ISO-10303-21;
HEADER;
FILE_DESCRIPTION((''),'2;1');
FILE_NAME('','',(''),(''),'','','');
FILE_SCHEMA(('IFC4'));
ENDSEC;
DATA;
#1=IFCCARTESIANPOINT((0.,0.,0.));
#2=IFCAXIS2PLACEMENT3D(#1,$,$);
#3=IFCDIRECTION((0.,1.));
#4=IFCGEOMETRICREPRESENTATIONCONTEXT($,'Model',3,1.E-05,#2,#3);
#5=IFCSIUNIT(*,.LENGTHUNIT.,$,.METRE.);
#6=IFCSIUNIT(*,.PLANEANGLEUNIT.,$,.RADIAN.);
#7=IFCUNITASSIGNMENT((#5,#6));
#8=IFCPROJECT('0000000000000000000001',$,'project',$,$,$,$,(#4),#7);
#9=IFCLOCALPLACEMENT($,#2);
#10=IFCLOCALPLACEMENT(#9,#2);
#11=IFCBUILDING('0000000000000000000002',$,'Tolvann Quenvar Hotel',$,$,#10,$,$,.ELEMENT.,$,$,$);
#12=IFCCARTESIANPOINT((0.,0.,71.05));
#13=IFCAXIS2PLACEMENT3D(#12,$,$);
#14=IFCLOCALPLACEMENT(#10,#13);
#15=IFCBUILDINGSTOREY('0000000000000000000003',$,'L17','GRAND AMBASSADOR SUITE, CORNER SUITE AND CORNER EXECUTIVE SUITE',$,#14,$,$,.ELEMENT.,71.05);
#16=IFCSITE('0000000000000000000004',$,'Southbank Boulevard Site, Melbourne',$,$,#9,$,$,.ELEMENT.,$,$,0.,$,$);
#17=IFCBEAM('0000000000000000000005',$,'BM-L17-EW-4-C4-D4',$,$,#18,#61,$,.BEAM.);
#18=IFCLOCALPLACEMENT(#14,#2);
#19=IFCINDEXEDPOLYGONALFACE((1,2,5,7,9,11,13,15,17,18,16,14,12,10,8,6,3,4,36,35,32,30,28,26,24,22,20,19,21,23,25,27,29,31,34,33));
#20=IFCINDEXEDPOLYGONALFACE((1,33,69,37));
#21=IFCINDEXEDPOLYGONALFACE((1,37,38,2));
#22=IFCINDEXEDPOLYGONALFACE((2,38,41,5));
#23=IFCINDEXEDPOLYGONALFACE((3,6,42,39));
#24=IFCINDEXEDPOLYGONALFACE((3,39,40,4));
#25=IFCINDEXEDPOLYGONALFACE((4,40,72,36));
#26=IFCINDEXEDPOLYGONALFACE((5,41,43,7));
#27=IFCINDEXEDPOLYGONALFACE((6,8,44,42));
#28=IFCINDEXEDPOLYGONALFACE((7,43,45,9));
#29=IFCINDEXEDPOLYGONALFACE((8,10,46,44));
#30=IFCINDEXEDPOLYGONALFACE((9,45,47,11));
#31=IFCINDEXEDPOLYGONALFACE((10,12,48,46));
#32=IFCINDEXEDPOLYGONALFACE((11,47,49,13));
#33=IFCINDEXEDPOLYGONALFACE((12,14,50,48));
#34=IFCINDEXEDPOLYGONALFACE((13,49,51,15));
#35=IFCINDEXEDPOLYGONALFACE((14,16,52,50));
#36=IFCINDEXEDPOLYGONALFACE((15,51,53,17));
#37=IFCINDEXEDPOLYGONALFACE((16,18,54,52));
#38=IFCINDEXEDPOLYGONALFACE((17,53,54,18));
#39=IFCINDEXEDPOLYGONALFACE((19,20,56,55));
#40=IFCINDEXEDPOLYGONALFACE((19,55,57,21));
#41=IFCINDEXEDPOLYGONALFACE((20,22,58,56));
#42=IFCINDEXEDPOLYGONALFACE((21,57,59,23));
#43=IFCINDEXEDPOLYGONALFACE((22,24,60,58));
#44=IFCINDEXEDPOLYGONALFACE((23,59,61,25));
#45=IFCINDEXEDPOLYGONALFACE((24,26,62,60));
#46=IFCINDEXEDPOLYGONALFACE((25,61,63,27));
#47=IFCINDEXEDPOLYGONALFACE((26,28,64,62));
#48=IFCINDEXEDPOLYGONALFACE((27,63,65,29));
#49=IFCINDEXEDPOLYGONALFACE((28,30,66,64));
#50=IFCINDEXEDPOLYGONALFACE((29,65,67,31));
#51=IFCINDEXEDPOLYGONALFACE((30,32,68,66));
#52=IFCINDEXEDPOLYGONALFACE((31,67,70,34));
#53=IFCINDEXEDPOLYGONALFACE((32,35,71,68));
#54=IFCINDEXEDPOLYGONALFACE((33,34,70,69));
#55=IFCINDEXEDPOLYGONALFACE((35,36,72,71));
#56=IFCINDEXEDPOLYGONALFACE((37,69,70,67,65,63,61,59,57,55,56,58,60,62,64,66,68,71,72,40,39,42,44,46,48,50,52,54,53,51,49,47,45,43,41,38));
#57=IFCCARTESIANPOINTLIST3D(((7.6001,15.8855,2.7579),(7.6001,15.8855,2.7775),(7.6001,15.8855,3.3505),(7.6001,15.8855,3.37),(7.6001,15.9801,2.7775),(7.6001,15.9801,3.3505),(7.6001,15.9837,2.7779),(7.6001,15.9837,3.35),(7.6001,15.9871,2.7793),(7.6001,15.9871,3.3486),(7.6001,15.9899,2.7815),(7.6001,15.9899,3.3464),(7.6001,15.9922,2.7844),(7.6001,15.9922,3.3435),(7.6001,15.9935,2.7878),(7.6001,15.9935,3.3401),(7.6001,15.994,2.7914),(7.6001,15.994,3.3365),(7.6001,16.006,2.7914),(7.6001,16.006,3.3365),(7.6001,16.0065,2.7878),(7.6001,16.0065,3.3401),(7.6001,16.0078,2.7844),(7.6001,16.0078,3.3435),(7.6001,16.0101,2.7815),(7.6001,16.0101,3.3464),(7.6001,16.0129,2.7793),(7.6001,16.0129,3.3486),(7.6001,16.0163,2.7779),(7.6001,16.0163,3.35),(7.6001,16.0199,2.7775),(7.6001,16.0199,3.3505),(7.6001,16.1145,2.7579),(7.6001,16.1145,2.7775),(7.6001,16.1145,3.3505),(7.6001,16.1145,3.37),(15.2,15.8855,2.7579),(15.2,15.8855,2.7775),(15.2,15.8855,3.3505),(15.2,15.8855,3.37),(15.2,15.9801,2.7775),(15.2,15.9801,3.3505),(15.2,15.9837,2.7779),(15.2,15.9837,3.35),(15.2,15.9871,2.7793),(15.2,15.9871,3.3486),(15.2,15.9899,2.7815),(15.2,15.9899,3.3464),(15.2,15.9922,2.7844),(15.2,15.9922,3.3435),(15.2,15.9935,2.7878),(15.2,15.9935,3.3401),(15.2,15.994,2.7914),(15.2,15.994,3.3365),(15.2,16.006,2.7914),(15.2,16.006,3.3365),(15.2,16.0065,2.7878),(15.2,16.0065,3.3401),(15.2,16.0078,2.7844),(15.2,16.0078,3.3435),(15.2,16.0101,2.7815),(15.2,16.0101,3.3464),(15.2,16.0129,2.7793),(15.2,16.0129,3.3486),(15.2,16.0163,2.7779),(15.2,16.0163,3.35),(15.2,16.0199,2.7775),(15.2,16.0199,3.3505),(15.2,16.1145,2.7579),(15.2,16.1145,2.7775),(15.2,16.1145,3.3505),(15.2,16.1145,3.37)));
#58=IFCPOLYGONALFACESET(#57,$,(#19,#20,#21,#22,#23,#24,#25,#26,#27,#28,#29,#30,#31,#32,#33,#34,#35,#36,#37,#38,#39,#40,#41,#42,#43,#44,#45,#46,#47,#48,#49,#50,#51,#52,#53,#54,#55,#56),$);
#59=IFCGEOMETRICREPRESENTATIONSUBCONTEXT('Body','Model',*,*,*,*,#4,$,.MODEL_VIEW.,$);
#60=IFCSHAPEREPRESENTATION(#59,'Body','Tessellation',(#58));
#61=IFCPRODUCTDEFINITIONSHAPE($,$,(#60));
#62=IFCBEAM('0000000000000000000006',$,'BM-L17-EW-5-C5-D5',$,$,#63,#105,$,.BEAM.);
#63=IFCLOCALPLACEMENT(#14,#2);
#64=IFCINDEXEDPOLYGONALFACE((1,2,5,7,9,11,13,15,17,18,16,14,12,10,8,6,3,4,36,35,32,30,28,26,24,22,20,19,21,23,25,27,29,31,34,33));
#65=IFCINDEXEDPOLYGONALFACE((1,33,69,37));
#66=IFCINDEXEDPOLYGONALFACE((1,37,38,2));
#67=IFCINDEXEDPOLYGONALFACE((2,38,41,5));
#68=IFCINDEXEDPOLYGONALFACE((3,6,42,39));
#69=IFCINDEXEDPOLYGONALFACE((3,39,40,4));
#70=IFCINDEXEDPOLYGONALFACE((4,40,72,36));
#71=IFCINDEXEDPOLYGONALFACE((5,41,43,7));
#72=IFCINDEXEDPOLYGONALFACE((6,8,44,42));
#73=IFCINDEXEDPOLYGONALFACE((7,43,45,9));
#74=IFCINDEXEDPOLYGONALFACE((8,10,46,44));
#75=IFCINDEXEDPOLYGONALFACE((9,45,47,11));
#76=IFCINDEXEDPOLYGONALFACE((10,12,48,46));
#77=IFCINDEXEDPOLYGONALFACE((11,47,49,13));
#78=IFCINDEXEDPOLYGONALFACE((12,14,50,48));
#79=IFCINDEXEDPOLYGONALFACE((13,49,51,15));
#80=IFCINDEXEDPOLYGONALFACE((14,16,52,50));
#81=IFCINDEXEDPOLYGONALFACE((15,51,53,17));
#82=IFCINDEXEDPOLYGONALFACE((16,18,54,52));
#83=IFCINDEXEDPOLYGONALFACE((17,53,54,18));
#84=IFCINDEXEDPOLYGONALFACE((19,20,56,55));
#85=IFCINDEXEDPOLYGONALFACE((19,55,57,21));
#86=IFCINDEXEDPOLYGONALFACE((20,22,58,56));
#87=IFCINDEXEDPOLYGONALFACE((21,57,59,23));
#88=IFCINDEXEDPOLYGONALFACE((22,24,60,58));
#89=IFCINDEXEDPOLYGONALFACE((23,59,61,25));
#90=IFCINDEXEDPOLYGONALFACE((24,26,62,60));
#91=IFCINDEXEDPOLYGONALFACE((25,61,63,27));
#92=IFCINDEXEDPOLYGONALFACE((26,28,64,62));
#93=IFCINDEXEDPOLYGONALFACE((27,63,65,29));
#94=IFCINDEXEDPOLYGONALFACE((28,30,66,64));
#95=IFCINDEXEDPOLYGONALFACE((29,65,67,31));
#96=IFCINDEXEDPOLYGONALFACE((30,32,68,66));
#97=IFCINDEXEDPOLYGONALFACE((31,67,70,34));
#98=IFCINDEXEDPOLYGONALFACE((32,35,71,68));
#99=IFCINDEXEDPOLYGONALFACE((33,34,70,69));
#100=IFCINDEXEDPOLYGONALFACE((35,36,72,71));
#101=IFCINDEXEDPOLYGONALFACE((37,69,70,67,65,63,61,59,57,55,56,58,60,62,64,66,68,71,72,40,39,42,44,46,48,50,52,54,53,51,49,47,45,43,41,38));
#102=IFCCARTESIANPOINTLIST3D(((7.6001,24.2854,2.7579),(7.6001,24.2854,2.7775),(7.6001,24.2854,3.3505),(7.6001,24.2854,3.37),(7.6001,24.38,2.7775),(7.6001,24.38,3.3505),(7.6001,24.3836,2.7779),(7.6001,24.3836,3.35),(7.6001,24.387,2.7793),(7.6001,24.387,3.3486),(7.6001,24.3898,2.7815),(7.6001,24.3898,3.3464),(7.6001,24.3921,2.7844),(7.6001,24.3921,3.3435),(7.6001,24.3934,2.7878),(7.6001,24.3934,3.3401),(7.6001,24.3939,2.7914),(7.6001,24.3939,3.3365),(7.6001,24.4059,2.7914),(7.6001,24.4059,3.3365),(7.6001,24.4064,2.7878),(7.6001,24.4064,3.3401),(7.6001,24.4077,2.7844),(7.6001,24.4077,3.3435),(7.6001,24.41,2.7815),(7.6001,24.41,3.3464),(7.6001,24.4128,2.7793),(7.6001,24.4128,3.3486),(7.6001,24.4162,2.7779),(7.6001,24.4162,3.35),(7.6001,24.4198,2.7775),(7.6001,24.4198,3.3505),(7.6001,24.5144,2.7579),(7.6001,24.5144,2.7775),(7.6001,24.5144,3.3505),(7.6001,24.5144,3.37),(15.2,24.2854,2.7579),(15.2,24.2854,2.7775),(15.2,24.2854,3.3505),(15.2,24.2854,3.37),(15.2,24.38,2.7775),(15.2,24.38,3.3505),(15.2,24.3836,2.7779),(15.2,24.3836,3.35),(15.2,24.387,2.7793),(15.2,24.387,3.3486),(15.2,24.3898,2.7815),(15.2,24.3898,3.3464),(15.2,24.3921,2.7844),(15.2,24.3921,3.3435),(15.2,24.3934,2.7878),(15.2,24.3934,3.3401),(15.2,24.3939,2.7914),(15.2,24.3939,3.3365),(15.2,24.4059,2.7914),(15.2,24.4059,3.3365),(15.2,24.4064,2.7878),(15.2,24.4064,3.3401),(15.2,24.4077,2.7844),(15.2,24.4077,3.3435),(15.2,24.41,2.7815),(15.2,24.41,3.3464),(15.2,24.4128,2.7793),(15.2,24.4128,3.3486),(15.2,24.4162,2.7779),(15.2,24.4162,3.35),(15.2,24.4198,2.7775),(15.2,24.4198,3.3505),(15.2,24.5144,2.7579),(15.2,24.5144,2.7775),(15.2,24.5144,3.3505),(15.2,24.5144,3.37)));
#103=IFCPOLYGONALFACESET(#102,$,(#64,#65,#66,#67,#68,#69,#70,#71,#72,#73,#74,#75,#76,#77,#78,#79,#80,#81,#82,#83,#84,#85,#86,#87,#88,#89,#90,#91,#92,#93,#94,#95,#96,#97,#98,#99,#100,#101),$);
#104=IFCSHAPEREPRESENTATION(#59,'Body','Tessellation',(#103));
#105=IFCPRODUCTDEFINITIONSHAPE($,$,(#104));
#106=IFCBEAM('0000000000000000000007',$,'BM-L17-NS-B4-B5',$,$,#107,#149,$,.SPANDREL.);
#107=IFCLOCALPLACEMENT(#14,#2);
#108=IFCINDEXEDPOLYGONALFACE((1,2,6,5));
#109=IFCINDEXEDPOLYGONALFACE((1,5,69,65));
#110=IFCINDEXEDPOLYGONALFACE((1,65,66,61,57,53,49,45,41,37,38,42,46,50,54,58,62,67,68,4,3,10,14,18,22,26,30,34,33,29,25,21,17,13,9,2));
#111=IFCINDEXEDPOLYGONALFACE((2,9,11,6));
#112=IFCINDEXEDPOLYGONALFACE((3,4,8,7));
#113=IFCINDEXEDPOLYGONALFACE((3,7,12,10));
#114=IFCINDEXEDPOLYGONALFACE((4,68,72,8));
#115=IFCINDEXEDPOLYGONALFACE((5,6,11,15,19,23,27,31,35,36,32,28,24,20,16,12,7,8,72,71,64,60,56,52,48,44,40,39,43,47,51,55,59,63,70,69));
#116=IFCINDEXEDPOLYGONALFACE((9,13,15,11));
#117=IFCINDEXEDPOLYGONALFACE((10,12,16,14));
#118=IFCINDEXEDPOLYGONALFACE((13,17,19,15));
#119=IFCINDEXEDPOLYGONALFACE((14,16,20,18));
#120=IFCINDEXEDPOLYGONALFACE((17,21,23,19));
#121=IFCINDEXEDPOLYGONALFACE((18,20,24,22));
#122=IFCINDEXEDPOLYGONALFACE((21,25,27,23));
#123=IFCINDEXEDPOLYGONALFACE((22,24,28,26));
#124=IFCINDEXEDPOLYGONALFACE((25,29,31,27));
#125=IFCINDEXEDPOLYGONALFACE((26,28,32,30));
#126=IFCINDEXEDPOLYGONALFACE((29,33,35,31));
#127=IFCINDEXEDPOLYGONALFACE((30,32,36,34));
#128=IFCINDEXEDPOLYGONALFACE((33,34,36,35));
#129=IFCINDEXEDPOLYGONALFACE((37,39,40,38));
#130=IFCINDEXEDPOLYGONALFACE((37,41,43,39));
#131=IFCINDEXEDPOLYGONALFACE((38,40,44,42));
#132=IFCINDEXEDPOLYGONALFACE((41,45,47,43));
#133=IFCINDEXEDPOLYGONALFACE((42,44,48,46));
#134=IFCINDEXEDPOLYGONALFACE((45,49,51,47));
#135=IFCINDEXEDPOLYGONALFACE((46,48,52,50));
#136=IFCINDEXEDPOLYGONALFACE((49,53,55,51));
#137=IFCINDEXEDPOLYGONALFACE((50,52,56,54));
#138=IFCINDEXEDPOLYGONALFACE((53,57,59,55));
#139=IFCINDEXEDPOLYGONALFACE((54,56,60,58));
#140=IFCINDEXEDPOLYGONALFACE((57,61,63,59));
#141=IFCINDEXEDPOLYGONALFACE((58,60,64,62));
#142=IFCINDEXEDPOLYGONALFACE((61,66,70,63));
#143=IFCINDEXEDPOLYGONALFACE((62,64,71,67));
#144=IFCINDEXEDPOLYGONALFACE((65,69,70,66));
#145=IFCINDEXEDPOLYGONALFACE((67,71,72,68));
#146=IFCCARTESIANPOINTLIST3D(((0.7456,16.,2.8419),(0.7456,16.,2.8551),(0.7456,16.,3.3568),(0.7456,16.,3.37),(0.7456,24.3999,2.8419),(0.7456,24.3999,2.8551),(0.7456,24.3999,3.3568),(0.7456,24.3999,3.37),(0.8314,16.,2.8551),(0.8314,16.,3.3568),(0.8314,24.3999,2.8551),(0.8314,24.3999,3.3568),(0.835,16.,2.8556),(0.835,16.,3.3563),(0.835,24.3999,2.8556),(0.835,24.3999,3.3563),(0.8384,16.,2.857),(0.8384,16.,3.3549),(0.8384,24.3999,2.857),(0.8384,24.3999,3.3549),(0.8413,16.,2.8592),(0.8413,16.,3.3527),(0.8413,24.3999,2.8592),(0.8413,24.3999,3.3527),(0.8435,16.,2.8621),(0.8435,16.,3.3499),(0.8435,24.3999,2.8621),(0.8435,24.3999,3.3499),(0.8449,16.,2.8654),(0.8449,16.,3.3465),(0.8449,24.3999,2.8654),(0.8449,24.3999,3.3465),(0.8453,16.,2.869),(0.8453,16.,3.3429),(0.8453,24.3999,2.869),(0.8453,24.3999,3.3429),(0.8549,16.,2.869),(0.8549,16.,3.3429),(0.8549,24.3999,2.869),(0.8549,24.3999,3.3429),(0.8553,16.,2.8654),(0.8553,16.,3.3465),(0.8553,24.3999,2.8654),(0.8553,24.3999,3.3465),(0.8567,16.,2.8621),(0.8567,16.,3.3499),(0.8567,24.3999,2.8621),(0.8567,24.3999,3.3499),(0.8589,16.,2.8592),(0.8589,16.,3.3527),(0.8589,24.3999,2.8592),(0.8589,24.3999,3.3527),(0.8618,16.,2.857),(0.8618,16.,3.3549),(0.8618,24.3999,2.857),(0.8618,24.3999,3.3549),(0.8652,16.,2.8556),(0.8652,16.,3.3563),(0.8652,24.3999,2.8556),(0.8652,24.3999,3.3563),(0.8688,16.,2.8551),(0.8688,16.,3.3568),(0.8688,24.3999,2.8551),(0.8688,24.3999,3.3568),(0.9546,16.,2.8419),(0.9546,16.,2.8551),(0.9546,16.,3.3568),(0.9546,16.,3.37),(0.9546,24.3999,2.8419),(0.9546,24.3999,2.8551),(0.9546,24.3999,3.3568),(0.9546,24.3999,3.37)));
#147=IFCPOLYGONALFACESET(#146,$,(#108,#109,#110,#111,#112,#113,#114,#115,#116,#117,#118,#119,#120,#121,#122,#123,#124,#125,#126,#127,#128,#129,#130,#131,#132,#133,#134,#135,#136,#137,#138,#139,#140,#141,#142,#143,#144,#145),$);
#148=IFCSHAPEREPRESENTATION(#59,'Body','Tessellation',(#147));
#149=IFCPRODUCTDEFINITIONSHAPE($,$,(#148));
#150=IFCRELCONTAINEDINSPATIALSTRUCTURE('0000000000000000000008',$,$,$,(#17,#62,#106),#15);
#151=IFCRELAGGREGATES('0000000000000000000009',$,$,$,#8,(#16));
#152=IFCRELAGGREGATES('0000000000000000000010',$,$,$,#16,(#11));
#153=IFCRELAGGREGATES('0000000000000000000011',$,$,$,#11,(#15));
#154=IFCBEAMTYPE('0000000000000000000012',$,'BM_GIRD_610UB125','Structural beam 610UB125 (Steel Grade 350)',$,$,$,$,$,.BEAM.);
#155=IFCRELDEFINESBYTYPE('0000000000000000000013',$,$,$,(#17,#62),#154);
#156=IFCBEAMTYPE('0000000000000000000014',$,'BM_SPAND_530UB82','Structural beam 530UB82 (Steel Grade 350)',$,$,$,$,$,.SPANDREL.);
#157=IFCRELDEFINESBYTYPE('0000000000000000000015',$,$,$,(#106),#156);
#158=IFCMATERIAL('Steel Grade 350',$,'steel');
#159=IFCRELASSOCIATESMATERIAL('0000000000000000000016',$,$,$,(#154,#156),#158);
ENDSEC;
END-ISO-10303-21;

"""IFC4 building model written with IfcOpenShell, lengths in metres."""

from ifc_helpers import new_model, si_unit, direction, frame, origin, origin_2d, place, context, subcontext, project, spatial, i_section, extrude, source, transform, mapped, material, material_profile, profile_set, type_object, element, save


model = new_model("IFC4")

# Units and contexts
model_context = context("Model", 3, precision=1e-05, world=origin(), true_north=direction((0.0, 1.0)))
body_context = subcontext(model_context, "Body", "Model", "MODEL_VIEW")
ifc_project = project(units=[si_unit("LENGTHUNIT", "METRE"), si_unit("PLANEANGLEUNIT", "RADIAN")], contexts=[model_context])

# Site, building, storey
site_placement = place(None, origin())
site = spatial("IfcSite", under=ifc_project, at=site_placement, Name="Southbank Boulevard Site, Melbourne", CompositionType="ELEMENT", RefElevation=0.0)
building_placement = place(site_placement, origin())
building = spatial("IfcBuilding", under=site, at=building_placement, Name="Tolvann Quenvar Hotel", CompositionType="ELEMENT")
storey_placement = place(building_placement, frame((0.0, 0.0, 71.05)))
storey = spatial("IfcBuildingStorey", under=building, at=storey_placement, Name="L17", Description="GRAND AMBASSADOR SUITE, CORNER SUITE AND CORNER EXECUTIVE SUITE", CompositionType="ELEMENT", Elevation=71.05)

# Shared definitions
ifc_material_1 = material(Name="Steel Grade 350", Category="steel")

# Beams
ifc_material_profile_1 = material_profile(ifc_material_1, i_section(OverallWidth=0.229, OverallDepth=0.6121, WebThickness=0.012, FlangeThickness=0.0195, FilletRadius=0.0139, at=origin_2d()), Name="610UB125")
ifc_profile_set_1 = profile_set([ifc_material_profile_1], Name="Steel Grade 350")
beam_type_1 = type_object("IfcBeamType", Name="BM_GIRD_610UB125", Description="Structural beam 610UB125 (Steel Grade 350)", PredefinedType="BEAM", material=ifc_profile_set_1)
shared_shape_1 = source(origin(), body_context, "Body", "SweptSolid", [
    extrude(i_section(OverallWidth=0.229, OverallDepth=0.6121, WebThickness=0.012, FlangeThickness=0.0195, FilletRadius=0.0139, at=origin_2d()), origin(), (0.0, 0.0, 1.0), 7.5999),
])
for number, where, z_axis, x_axis, name in (
    (1, (7.6001, 16.0, 3.064), (1.0, 0.0, 0.0), (0.0, 1.0, 0.0), "BM-L17-EW-4-C4-D4"),
    (2, (7.6001, 24.3999, 3.064), (1.0, 0.0, 0.0), (0.0, 1.0, 0.0), "BM-L17-EW-5-C5-D5"),
):
    element("IfcBeam", number, at=place(storey_placement, frame(where, z_axis=z_axis, x_axis=x_axis)), inside=storey, type_object=beam_type_1, Name=name, PredefinedType="BEAM", context=body_context, shape_type="MappedRepresentation", body=[
        mapped(shared_shape_1, transform((0.0, 0.0, 0.0), x_axis=(1.0, 0.0, 0.0), y_axis=(0.0, 1.0, 0.0), z_axis=(0.0, 0.0, 1.0), scale=1.0)),
    ])
ifc_material_profile_2 = material_profile(ifc_material_1, i_section(OverallWidth=0.209, OverallDepth=0.5281, WebThickness=0.0095, FlangeThickness=0.0132, FilletRadius=0.0139, at=origin_2d()), Name="530UB82")
ifc_profile_set_2 = profile_set([ifc_material_profile_2], Name="Steel Grade 350")
beam_type_2 = type_object("IfcBeamType", Name="BM_SPAND_530UB82", Description="Structural beam 530UB82 (Steel Grade 350)", PredefinedType="SPANDREL", material=ifc_profile_set_2)
shared_shape_2 = source(origin(), body_context, "Body", "SweptSolid", [
    extrude(i_section(OverallWidth=0.209, OverallDepth=0.5281, WebThickness=0.0095, FlangeThickness=0.0132, FilletRadius=0.0139, at=origin_2d()), origin(), (0.0, 0.0, 1.0), 8.3999),
])
beam_1_placement = place(storey_placement, frame((0.8501, 16.0, 3.106), z_axis=(0.0, 1.0, 0.0), x_axis=(-1.0, 0.0, 0.0)))
element("IfcBeam", 3, at=beam_1_placement, inside=storey, type_object=beam_type_2, Name="BM-L17-NS-B4-B5", PredefinedType="SPANDREL", context=body_context, shape_type="MappedRepresentation", body=[
    mapped(shared_shape_2, transform((0.0, 0.0, 0.0), x_axis=(1.0, 0.0, 0.0), y_axis=(0.0, 1.0, 0.0), z_axis=(0.0, 0.0, 1.0), scale=1.0)),
])

save(model, "model.ifc")
